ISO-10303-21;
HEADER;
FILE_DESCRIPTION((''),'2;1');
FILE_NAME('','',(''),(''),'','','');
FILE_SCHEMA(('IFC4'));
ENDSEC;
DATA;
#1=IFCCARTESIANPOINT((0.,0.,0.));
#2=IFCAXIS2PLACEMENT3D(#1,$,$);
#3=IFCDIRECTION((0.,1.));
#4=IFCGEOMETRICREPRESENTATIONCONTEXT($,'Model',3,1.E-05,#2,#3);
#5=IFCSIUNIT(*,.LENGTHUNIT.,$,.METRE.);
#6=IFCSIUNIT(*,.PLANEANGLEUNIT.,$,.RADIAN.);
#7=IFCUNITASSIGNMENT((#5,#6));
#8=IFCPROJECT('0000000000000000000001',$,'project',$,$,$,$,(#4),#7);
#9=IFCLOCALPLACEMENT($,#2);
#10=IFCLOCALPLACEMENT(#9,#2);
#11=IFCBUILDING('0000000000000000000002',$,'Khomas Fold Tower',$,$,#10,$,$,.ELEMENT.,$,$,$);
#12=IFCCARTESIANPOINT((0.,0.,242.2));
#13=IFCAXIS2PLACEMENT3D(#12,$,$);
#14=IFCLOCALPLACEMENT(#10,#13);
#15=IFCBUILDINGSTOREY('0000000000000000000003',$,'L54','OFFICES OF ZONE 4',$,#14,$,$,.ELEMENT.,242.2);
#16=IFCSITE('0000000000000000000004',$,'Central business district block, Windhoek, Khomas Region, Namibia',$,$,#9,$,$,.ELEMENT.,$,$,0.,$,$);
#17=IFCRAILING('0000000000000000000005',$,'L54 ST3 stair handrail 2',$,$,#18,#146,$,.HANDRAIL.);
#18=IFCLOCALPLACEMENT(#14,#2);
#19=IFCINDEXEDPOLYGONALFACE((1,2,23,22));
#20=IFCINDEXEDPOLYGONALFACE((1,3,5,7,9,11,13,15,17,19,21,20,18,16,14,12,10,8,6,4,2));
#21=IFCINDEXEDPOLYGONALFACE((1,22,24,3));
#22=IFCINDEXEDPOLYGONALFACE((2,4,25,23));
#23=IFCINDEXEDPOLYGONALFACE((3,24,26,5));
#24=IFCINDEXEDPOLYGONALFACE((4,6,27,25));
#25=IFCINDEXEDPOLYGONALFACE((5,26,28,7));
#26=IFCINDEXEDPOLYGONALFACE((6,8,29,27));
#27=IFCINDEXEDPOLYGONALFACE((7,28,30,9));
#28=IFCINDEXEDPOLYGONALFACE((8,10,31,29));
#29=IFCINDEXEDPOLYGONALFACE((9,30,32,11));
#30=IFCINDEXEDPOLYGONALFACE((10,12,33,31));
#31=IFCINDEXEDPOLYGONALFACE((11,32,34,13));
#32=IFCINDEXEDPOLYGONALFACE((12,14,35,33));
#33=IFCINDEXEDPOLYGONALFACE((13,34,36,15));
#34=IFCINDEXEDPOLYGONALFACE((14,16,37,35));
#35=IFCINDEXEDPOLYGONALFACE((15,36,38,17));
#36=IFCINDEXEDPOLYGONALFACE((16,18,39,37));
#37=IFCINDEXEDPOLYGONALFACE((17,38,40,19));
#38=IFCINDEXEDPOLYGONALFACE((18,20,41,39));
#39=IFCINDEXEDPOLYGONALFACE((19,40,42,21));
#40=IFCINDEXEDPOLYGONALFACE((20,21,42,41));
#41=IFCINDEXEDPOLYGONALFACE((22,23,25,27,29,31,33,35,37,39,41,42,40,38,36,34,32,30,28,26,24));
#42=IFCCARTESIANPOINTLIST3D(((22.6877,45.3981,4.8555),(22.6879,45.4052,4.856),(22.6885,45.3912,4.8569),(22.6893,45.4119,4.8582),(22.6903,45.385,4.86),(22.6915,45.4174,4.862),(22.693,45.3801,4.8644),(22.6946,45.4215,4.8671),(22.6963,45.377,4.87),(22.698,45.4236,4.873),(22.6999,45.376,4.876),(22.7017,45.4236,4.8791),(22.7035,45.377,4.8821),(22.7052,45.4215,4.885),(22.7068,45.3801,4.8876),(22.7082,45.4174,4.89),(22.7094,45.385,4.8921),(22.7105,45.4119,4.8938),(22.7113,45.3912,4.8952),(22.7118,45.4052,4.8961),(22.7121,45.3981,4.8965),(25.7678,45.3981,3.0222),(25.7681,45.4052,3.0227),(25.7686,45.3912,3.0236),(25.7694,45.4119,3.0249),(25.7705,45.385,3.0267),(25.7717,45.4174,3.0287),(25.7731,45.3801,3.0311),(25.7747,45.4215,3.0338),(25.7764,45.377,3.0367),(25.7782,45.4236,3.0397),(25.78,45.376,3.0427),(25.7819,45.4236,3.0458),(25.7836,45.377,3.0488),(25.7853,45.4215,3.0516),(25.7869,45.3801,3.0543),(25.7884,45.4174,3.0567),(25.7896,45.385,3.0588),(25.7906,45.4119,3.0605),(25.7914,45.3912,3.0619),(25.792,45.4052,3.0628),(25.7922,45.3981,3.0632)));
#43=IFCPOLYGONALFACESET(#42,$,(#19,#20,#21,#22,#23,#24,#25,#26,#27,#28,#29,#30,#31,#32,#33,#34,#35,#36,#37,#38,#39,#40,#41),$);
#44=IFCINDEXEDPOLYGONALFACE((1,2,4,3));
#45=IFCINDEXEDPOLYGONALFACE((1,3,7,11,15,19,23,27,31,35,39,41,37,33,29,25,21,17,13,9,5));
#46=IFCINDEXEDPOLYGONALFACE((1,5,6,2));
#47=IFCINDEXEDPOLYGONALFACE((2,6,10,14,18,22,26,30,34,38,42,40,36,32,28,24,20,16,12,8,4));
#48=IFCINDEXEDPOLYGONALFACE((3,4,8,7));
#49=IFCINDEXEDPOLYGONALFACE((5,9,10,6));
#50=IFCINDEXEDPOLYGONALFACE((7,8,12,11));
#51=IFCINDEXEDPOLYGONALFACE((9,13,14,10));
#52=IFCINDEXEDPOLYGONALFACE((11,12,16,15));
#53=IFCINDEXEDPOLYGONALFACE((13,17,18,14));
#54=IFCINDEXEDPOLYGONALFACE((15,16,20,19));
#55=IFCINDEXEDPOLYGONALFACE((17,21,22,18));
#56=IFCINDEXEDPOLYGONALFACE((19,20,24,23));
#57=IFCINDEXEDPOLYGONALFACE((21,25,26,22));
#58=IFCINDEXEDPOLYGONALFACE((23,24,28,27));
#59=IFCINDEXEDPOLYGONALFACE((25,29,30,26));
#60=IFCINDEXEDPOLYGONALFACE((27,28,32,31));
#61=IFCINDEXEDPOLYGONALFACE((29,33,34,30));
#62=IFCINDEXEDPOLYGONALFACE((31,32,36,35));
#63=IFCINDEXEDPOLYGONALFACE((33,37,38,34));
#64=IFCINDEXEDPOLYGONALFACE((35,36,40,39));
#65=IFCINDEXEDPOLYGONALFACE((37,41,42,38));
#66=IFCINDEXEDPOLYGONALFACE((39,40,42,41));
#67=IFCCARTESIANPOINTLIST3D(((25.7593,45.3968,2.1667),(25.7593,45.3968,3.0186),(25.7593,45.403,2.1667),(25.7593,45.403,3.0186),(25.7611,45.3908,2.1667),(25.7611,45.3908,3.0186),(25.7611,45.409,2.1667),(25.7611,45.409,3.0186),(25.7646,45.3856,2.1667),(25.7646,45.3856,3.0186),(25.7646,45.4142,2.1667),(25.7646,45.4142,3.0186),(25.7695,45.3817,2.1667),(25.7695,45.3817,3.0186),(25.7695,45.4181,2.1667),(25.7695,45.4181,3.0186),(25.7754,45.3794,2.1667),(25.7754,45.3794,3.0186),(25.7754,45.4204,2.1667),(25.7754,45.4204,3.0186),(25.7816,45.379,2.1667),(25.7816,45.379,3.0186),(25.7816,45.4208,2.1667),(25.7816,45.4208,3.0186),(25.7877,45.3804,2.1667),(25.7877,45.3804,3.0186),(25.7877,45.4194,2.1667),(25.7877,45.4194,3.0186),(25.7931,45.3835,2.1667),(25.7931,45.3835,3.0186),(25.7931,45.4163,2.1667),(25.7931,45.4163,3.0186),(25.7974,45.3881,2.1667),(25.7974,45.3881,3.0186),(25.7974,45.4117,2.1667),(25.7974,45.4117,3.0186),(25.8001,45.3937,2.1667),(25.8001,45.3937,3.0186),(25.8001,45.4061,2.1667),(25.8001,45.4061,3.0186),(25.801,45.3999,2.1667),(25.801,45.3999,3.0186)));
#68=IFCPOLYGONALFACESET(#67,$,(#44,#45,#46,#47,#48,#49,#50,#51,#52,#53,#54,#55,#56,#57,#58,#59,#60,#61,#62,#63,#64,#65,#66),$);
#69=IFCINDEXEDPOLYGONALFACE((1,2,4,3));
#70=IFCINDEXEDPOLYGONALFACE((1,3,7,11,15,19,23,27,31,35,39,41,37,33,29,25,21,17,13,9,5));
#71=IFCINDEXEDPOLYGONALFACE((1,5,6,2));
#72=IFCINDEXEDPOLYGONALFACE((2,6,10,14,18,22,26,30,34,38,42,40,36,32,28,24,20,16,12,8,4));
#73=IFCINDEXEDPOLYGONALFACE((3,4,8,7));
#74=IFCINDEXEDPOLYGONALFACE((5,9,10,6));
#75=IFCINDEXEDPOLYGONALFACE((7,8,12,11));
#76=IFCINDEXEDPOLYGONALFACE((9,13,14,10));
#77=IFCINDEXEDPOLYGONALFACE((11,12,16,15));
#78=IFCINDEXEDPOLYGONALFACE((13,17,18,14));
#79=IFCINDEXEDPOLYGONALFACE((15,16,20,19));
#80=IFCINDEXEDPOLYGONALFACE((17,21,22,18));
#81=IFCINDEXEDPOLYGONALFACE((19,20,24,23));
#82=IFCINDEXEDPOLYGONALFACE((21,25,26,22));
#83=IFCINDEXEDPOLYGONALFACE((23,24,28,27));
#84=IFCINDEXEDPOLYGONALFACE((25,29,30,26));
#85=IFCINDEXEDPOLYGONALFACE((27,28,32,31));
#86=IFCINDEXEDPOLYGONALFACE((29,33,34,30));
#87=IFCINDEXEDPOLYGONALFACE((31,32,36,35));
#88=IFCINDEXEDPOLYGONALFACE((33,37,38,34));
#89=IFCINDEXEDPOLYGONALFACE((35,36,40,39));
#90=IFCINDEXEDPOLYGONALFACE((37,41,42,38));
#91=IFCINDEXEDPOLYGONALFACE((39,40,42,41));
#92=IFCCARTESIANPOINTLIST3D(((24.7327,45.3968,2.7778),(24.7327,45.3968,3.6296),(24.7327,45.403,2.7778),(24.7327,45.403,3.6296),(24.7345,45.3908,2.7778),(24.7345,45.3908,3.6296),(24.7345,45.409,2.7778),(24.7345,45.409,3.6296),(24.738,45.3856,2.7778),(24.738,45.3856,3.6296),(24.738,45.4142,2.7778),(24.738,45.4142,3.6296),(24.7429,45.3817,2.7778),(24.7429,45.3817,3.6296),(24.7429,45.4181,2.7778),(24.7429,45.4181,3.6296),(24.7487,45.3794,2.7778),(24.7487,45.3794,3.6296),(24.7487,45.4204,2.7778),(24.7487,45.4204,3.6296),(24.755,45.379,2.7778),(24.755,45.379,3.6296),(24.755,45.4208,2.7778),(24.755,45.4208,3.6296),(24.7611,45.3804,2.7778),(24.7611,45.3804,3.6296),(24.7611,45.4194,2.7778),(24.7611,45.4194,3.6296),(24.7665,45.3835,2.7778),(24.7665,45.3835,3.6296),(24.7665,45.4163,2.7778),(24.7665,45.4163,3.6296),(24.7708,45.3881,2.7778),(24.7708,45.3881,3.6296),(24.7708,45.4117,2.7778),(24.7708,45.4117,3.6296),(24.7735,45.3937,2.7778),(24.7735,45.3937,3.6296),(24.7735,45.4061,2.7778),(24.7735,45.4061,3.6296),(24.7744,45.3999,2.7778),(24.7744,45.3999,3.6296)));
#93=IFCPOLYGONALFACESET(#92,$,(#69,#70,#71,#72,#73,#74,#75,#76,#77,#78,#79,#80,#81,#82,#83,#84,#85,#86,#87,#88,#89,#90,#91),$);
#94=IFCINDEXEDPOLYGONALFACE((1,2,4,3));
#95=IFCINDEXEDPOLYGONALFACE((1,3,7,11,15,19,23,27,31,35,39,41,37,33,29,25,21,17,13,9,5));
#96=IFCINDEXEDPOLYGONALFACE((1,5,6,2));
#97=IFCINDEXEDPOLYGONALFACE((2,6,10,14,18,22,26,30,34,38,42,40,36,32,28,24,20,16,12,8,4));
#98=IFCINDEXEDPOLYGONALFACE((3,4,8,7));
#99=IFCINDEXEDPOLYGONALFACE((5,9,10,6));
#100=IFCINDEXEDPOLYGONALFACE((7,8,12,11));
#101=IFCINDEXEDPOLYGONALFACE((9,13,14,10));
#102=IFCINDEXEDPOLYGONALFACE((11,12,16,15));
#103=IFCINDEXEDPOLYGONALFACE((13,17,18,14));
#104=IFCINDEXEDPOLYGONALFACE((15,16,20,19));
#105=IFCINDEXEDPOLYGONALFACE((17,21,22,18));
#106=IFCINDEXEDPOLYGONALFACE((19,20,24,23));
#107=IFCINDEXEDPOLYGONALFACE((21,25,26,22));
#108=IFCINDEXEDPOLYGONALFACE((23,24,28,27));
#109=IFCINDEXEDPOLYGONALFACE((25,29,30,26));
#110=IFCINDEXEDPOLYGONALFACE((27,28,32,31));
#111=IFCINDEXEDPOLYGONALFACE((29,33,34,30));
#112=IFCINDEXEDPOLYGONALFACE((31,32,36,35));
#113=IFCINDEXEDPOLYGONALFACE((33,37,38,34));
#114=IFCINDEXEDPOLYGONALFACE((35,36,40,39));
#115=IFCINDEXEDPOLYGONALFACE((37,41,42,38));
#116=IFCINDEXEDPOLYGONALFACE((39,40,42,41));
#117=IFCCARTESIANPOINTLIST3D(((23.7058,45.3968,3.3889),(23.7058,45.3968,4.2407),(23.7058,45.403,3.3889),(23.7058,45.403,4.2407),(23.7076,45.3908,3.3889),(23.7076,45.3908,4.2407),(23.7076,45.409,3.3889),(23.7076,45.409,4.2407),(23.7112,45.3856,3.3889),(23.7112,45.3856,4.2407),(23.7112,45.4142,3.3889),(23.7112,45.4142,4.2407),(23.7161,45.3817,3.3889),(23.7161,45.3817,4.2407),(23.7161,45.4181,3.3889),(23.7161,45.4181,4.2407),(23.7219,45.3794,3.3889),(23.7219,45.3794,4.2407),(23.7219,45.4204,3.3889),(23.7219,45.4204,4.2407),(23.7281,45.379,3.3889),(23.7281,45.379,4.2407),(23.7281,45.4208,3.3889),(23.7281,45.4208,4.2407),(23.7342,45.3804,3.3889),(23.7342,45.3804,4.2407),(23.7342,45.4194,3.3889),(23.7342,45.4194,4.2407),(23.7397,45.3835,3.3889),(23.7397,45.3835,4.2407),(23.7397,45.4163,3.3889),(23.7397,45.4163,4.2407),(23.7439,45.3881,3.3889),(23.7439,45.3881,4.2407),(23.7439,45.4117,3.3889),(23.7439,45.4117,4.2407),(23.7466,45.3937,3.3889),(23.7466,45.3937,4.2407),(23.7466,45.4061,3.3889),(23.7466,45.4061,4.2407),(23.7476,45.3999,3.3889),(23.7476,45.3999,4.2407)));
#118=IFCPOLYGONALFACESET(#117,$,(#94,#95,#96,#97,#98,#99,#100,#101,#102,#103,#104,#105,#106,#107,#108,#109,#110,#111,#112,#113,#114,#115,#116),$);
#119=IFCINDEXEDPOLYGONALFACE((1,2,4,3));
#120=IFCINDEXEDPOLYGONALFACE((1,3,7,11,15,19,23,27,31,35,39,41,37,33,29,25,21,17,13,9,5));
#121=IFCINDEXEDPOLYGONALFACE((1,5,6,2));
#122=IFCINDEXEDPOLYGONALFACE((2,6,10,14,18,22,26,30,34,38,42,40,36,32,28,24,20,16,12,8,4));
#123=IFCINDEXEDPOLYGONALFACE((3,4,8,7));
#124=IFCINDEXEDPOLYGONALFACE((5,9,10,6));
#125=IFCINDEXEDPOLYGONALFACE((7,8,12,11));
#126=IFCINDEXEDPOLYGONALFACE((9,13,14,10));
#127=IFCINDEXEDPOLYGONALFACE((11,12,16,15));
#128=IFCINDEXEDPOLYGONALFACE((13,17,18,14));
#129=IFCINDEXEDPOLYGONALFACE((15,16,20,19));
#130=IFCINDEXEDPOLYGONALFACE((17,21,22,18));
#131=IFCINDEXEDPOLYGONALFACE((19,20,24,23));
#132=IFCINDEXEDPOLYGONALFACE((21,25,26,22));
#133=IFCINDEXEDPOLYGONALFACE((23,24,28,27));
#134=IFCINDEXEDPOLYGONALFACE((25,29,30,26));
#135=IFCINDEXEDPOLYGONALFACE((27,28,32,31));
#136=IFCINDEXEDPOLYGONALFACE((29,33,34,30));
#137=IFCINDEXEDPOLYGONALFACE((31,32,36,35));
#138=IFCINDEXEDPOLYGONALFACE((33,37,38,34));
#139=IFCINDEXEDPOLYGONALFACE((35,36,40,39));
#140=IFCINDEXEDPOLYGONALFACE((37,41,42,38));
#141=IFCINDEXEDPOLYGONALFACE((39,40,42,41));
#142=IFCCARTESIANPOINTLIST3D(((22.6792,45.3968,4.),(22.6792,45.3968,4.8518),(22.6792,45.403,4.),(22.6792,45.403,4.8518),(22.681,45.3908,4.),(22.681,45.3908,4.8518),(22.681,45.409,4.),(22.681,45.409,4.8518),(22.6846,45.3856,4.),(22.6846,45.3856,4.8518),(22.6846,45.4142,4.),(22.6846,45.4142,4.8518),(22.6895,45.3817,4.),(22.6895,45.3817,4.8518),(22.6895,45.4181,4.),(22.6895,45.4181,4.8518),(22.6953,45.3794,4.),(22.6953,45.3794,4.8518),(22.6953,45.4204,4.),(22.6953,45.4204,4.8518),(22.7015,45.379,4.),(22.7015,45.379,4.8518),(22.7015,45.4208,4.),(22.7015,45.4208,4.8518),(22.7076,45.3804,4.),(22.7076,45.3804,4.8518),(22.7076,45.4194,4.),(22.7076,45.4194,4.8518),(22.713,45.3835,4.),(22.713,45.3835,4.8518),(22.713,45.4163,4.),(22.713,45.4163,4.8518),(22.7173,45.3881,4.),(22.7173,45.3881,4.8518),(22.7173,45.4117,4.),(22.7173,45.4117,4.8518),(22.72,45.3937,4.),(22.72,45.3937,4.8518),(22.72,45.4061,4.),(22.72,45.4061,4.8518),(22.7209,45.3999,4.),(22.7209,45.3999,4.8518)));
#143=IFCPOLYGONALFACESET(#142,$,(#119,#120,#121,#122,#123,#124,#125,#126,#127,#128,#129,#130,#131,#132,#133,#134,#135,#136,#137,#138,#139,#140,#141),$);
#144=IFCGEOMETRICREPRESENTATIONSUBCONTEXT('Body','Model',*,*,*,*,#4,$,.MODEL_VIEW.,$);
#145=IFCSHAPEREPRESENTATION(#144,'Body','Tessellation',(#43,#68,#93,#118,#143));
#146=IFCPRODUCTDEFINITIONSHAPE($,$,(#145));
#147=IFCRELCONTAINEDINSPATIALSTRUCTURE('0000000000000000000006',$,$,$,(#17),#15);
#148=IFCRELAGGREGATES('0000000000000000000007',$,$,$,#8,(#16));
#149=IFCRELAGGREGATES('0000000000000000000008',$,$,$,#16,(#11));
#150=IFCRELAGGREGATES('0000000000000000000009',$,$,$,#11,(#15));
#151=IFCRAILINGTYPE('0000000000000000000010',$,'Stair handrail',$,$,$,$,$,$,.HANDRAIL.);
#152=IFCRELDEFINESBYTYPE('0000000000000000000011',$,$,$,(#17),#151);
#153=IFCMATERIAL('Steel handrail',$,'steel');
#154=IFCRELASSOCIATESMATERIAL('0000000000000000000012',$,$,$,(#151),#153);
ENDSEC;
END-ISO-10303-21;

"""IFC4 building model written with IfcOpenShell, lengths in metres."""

from ifc_helpers import new_model, si_unit, direction, frame, origin, origin_2d, place, context, subcontext, project, spatial, circle, extrude, source, transform, mapped, material, type_object, element, save


model = new_model("IFC4")

# Units and contexts
model_context = context("Model", 3, precision=1e-05, world=origin(), true_north=direction((0.0, 1.0)))
body_context = subcontext(model_context, "Body", "Model", "MODEL_VIEW")
ifc_project = project(units=[si_unit("LENGTHUNIT", "METRE"), si_unit("PLANEANGLEUNIT", "RADIAN")], contexts=[model_context])

# Site, building, storey
site_placement = place(None, origin())
site = spatial("IfcSite", under=ifc_project, at=site_placement, Name="Central business district block, Windhoek, Khomas Region, Namibia", CompositionType="ELEMENT", RefElevation=0.0)
building_placement = place(site_placement, origin())
building = spatial("IfcBuilding", under=site, at=building_placement, Name="Khomas Fold Tower", CompositionType="ELEMENT")
storey_placement = place(building_placement, frame((0.0, 0.0, 242.2)))
storey = spatial("IfcBuildingStorey", under=building, at=storey_placement, Name="L54", Description="OFFICES OF ZONE 4", CompositionType="ELEMENT", Elevation=242.2)

# Railing
ifc_material_1 = material(Name="Steel handrail", Category="steel")
railing_type_1 = type_object("IfcRailingType", Name="Stair handrail", PredefinedType="HANDRAIL", material=ifc_material_1)
shared_shape_1 = source(origin(), body_context, "Body", "SweptSolid", [
    extrude(circle(Radius=0.0239, at=origin_2d()), frame((0.0, 0.0, 0.876), z_axis=(-0.859309, 0.0, 0.511458), x_axis=(0.0, -1.0, 0.0)), (0.0, 0.0, 1.0), 3.5845),
    extrude(circle(Radius=0.021, at=origin_2d()), origin(), (0.0, 0.0, 1.0), 0.8518),
    extrude(circle(Radius=0.021, at=origin_2d()), frame((-1.0266, 0.0, 0.6111)), (0.0, 0.0, 1.0), 0.8518),
    extrude(circle(Radius=0.021, at=origin_2d()), frame((-2.0535, 0.0, 1.2222)), (0.0, 0.0, 1.0), 0.8518),
    extrude(circle(Radius=0.021, at=origin_2d()), frame((-3.0801, 0.0, 1.8333)), (0.0, 0.0, 1.0), 0.8518),
])
railing_1_placement = place(storey_placement, frame((25.78, 45.3999, 2.1667)))
element("IfcRailing", 1, at=railing_1_placement, inside=storey, type_object=railing_type_1, Name="L54 ST3 stair handrail 2", PredefinedType="HANDRAIL", context=body_context, shape_type="MappedRepresentation", body=[
    mapped(shared_shape_1, transform((0.0, 0.0, 0.0))),
])

save(model, "model.ifc")
